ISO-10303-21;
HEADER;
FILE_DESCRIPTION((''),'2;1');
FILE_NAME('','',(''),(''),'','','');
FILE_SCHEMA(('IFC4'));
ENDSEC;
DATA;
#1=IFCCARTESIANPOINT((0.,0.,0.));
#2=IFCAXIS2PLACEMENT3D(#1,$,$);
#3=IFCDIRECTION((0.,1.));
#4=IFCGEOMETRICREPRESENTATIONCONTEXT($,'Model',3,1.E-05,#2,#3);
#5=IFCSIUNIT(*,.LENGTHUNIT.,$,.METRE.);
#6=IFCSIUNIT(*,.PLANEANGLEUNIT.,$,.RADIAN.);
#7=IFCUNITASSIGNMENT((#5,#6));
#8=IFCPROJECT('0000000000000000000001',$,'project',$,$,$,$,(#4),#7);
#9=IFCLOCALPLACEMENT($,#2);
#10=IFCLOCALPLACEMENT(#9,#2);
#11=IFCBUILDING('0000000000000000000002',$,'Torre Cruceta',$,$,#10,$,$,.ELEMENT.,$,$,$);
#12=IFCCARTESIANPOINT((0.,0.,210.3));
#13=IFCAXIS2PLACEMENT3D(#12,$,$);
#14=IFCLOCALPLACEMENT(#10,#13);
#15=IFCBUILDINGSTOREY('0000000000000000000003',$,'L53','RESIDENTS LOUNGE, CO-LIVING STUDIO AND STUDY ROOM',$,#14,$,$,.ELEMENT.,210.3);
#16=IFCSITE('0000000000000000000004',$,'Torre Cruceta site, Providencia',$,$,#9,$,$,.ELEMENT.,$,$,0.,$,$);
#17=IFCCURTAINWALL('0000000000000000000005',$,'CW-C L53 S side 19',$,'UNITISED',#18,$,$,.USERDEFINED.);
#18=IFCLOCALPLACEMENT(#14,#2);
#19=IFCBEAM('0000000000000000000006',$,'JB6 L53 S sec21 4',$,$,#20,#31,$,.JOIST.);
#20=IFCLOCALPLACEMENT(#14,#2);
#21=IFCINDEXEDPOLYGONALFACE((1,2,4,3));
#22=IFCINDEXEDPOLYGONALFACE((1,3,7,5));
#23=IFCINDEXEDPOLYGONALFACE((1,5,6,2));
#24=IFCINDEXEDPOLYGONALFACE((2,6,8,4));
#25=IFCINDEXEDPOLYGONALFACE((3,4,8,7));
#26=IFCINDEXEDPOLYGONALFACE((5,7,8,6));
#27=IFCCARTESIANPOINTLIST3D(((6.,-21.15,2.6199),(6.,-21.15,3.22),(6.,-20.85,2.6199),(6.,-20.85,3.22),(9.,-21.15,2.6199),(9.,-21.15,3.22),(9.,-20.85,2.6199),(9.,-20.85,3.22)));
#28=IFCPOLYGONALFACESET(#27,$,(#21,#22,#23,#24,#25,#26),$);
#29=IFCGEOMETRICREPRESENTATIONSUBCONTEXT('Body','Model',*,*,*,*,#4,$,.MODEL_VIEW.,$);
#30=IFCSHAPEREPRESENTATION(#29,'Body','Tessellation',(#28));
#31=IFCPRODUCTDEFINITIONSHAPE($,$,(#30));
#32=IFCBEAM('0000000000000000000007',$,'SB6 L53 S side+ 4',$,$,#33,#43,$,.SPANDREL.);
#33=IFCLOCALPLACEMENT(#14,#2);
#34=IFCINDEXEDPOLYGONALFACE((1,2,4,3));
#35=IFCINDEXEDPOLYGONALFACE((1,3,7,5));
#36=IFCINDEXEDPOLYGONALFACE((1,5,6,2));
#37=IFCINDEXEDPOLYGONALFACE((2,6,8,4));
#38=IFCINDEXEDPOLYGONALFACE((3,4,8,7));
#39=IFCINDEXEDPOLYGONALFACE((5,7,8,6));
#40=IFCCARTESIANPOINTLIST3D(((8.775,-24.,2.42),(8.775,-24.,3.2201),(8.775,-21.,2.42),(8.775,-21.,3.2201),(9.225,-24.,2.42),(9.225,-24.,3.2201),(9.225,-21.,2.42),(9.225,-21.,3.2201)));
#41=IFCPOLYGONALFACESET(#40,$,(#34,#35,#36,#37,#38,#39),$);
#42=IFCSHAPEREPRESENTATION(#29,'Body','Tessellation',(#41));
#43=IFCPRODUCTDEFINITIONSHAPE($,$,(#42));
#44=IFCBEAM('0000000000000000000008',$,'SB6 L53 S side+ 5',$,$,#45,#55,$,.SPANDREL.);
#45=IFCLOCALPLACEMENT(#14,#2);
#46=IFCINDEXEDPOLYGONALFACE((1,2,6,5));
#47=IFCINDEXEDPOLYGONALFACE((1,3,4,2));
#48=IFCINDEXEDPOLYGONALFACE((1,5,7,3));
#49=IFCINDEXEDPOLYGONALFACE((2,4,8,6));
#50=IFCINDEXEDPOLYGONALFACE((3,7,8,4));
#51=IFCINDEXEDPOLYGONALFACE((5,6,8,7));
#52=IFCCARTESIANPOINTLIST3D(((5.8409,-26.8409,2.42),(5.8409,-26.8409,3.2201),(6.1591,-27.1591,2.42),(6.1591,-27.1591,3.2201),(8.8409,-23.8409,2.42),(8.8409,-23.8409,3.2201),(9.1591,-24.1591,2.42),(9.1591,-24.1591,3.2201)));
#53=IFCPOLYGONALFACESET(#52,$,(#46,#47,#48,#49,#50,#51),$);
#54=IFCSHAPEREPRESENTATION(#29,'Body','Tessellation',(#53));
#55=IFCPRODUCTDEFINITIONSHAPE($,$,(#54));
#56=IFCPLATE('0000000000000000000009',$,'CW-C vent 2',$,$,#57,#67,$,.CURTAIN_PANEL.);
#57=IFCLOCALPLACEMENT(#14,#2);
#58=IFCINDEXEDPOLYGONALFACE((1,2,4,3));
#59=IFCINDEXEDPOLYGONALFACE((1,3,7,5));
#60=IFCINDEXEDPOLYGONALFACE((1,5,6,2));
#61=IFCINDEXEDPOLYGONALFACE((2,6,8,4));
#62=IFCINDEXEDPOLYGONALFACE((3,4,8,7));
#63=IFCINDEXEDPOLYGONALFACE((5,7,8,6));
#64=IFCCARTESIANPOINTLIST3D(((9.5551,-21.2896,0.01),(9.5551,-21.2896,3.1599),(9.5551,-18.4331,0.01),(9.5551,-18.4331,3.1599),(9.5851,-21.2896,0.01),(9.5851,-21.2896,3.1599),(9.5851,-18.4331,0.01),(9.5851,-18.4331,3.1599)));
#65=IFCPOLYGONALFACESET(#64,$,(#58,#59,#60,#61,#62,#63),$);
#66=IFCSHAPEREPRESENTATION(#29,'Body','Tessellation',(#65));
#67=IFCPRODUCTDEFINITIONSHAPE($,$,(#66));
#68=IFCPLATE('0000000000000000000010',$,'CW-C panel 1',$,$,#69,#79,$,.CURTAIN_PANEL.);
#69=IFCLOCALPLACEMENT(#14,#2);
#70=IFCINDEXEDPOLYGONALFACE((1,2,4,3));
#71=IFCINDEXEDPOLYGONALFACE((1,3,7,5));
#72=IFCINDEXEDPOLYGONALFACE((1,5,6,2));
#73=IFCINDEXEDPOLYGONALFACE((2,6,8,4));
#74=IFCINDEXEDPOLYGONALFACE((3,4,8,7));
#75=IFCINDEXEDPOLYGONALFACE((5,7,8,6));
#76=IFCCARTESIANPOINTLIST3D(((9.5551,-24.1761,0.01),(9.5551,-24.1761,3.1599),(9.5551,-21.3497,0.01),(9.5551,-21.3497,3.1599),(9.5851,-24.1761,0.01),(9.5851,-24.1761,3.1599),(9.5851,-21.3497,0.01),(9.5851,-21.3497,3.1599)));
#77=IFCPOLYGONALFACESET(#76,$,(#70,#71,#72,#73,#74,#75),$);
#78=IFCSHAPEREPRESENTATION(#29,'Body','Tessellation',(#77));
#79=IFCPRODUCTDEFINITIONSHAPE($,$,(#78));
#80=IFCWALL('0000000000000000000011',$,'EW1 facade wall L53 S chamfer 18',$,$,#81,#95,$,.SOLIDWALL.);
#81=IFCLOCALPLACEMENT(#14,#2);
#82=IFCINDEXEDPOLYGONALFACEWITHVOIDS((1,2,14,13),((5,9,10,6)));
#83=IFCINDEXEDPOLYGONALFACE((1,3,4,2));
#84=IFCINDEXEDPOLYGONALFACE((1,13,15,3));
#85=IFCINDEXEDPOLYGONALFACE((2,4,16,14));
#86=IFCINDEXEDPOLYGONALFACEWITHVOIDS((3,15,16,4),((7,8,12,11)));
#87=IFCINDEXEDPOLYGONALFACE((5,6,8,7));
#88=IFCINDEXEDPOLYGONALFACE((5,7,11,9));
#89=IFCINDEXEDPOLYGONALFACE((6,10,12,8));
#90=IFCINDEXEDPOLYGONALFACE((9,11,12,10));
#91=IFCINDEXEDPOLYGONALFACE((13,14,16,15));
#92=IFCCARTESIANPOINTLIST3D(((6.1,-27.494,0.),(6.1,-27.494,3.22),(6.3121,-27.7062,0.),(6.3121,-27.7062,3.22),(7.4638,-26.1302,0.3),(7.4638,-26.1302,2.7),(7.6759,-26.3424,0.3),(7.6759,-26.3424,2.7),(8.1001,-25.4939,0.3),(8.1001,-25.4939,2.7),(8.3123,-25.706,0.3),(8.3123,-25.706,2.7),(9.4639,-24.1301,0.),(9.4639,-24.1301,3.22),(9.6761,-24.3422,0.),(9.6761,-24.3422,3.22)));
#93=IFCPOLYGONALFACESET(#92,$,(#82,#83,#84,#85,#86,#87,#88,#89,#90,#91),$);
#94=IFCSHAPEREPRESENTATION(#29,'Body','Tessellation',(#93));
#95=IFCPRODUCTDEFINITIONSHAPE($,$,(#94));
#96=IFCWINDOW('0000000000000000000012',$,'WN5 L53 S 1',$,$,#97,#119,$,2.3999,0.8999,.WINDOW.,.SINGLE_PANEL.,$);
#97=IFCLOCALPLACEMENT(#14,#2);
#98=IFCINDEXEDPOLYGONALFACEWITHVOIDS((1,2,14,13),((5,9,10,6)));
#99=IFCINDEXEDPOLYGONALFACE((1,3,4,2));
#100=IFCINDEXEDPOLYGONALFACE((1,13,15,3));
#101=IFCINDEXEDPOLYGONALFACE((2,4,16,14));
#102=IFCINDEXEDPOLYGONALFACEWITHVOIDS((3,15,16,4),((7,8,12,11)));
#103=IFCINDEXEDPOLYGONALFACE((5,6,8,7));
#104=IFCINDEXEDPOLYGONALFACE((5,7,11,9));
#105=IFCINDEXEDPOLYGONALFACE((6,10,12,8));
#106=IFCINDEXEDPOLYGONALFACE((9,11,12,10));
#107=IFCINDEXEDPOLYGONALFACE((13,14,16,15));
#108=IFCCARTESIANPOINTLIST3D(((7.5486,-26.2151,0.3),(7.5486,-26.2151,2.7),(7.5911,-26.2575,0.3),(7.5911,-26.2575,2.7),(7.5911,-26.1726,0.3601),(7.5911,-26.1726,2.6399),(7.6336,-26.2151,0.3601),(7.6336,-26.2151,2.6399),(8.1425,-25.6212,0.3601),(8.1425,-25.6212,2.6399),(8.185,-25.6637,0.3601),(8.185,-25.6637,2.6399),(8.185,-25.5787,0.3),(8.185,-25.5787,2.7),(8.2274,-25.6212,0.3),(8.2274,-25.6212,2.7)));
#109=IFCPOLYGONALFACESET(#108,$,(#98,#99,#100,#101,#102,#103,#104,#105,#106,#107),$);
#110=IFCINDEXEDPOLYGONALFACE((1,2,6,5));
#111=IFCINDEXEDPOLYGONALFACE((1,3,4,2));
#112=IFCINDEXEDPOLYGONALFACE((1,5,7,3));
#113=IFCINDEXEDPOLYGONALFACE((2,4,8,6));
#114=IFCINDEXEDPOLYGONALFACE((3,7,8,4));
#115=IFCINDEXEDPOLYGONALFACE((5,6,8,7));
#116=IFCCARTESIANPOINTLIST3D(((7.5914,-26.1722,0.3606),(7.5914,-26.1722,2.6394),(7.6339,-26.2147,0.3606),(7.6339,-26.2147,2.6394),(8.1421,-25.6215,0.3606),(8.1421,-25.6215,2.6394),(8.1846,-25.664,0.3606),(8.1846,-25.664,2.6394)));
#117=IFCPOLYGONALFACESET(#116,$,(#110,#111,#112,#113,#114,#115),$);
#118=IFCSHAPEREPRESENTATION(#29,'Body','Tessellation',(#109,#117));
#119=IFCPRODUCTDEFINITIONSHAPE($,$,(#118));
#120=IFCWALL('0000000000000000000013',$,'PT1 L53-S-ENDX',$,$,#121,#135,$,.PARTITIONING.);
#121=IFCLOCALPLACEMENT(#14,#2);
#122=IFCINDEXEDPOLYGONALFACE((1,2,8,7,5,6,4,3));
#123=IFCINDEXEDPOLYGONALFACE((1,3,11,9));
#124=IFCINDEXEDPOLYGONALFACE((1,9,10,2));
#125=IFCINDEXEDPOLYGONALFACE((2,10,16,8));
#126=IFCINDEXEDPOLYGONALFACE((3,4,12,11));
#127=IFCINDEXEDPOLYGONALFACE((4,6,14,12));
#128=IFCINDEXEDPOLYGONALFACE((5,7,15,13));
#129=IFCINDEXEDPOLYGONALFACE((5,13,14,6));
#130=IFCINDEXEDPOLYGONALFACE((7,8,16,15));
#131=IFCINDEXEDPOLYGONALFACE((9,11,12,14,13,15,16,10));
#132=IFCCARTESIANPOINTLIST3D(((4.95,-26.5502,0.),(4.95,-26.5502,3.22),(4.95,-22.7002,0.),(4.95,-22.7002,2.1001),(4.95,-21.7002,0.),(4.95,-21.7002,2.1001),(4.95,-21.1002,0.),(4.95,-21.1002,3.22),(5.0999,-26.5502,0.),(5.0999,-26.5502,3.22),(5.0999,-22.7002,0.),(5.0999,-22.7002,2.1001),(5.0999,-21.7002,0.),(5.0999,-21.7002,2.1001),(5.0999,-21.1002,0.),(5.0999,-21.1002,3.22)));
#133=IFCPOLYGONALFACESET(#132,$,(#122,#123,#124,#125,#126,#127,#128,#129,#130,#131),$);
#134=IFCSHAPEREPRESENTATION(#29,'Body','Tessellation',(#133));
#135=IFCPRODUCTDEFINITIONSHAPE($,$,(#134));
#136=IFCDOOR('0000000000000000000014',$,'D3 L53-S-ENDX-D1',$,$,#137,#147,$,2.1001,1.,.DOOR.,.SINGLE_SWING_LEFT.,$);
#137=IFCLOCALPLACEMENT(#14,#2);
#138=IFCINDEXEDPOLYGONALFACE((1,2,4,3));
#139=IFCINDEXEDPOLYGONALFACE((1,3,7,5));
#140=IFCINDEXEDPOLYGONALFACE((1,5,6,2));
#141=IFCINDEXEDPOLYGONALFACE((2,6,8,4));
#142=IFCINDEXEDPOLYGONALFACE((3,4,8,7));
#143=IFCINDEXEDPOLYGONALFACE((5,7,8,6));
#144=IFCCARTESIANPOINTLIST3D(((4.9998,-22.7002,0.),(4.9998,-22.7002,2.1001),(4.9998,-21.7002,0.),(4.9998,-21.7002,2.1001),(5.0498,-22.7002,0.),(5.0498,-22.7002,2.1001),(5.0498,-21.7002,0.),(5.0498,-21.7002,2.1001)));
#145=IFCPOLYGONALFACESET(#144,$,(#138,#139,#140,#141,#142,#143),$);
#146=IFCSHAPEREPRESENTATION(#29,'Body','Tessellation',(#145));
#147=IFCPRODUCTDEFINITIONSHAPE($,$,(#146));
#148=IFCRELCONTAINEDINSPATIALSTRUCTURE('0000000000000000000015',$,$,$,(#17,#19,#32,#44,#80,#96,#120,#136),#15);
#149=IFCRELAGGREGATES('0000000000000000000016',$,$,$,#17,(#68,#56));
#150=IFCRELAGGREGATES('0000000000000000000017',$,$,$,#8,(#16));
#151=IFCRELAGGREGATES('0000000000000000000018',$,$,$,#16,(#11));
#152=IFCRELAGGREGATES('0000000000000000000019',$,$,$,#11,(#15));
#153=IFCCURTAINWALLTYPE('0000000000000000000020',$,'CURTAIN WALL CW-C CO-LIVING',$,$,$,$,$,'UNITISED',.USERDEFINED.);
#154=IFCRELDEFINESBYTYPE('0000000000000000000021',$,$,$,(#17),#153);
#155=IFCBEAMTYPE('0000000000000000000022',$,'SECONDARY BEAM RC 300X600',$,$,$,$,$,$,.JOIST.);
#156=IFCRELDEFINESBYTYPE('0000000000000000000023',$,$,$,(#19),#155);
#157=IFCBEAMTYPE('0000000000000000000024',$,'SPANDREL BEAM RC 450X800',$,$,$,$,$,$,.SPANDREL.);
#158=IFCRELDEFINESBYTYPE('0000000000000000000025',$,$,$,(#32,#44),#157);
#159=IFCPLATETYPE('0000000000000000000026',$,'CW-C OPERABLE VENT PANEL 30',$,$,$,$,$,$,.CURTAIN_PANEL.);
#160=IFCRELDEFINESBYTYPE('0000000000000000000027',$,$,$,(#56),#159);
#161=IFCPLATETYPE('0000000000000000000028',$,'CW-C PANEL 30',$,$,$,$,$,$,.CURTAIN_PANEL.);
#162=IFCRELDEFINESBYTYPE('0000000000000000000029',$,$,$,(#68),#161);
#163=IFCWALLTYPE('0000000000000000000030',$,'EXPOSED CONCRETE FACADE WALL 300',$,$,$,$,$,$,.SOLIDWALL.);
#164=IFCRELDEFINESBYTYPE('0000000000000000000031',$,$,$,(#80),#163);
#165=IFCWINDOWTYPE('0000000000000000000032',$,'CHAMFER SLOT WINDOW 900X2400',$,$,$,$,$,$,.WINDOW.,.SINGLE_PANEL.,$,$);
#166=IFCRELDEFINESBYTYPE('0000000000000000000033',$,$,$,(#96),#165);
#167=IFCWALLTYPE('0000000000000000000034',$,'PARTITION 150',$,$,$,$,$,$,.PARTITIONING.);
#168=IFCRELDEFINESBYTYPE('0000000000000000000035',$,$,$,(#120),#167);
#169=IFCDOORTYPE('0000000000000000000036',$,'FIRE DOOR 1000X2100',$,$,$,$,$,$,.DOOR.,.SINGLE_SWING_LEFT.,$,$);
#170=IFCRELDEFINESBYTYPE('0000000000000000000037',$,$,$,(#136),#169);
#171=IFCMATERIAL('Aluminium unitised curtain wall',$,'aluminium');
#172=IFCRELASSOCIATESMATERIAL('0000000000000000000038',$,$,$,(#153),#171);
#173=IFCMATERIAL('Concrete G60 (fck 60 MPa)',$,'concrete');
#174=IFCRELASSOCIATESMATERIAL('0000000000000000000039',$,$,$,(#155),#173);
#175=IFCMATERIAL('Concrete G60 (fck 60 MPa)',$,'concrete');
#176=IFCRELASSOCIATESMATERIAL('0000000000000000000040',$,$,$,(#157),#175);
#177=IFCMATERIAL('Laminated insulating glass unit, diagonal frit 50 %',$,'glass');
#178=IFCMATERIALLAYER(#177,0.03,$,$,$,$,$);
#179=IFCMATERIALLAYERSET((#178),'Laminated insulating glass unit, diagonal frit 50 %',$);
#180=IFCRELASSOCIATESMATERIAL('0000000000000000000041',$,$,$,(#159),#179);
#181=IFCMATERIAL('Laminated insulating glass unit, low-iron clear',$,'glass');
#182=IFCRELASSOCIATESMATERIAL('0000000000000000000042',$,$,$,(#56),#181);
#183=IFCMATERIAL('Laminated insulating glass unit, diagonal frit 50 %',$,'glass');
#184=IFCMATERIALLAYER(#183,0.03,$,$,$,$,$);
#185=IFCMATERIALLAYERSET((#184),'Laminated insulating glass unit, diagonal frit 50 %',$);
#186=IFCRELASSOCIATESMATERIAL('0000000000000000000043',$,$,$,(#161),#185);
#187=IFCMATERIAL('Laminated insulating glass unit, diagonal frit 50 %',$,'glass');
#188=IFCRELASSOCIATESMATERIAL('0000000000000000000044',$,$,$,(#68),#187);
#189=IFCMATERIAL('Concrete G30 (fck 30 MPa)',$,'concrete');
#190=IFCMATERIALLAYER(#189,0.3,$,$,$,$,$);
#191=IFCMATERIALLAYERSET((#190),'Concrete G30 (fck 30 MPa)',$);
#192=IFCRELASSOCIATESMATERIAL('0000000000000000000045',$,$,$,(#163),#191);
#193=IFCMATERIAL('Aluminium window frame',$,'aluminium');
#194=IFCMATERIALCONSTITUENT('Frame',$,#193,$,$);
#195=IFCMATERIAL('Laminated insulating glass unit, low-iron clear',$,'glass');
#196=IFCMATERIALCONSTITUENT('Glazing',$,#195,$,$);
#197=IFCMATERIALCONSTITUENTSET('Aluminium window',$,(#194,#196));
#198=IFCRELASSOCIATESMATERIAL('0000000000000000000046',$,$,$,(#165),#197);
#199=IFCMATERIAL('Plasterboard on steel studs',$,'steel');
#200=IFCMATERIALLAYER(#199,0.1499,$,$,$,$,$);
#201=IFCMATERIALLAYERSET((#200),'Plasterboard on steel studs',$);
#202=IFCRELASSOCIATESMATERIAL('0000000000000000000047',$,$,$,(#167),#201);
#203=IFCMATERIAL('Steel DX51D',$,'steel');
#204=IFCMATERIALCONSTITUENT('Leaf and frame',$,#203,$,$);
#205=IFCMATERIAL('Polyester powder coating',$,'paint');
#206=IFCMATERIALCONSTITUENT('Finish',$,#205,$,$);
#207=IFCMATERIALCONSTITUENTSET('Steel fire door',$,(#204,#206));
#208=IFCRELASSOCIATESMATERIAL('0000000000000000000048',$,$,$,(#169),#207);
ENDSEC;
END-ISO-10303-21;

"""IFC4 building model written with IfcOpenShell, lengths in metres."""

from ifc_helpers import new_model, si_unit, direction, frame, frame_2d, origin, origin_2d, place, context, subcontext, project, spatial, rectangle, hollow_rectangle, extrude, material, layer, layer_set, constituent, constituent_set, material_profile, profile_set, type_object, element, fill, aggregate, save


model = new_model("IFC4")

# Units and contexts
model_context = context("Model", 3, precision=1e-05, world=origin(), true_north=direction((0.0, 1.0)))
body_context = subcontext(model_context, "Body", "Model", "MODEL_VIEW")
ifc_project = project(units=[si_unit("LENGTHUNIT", "METRE"), si_unit("PLANEANGLEUNIT", "RADIAN")], contexts=[model_context])

# Site, building, storey
site_placement = place(None, origin())
site = spatial("IfcSite", under=ifc_project, at=site_placement, Name="Torre Cruceta site, Providencia", CompositionType="ELEMENT", RefElevation=0.0)
building_placement = place(site_placement, origin())
building = spatial("IfcBuilding", under=site, at=building_placement, Name="Torre Cruceta", CompositionType="ELEMENT")
storey_placement = place(building_placement, frame((0.0, 0.0, 210.3)))
storey = spatial("IfcBuildingStorey", under=building, at=storey_placement, Name="L53", Description="RESIDENTS LOUNGE, CO-LIVING STUDIO AND STUDY ROOM", CompositionType="ELEMENT", Elevation=210.3)

# Curtain wall
ifc_material_1 = material(Name="Aluminium unitised curtain wall", Category="aluminium")
curtain_wall_type = type_object("IfcCurtainWallType", Name="CURTAIN WALL CW-C CO-LIVING", ElementType="UNITISED", PredefinedType="USERDEFINED", material=ifc_material_1)
curtain_wall_placement = place(storey_placement, origin())
curtain_wall = element("IfcCurtainWall", 1, at=curtain_wall_placement, inside=storey, type_object=curtain_wall_type, Name="CW-C L53 S side 19", ObjectType="UNITISED", PredefinedType="USERDEFINED")

# Beams
ifc_material_2 = material(Name="Concrete G60 (fck 60 MPa)", Category="concrete")
ifc_material_profile_1 = material_profile(ifc_material_2, rectangle(XDim=0.3, YDim=0.6001, at=origin_2d()), Name="RC 300X600")
ifc_profile_set_1 = profile_set([ifc_material_profile_1], Name="Concrete G60 (fck 60 MPa)")
beam_type_1 = type_object("IfcBeamType", Name="SECONDARY BEAM RC 300X600", PredefinedType="JOIST", material=ifc_profile_set_1)
beam_1_placement = place(storey_placement, frame((6.0, -21.0, 2.9199), z_axis=(1.0, 0.0, 0.0), x_axis=(0.0, 1.0, 0.0)))
element("IfcBeam", 2, at=beam_1_placement, inside=storey, type_object=beam_type_1, Name="JB6 L53 S sec21 4", PredefinedType="JOIST", context=body_context, shape_type="SweptSolid", body=[
    extrude(rectangle(XDim=0.3, YDim=0.6001, at=origin_2d()), origin(), (0.0, 0.0, 1.0), 3.0),
])
ifc_material_3 = material(Name="Concrete G60 (fck 60 MPa)", Category="concrete")
ifc_material_profile_2 = material_profile(ifc_material_3, rectangle(XDim=0.45, YDim=0.8, at=origin_2d()), Name="RC 450X800")
ifc_profile_set_2 = profile_set([ifc_material_profile_2], Name="Concrete G60 (fck 60 MPa)")
beam_type_2 = type_object("IfcBeamType", Name="SPANDREL BEAM RC 450X800", PredefinedType="SPANDREL", material=ifc_profile_set_2)
beam_2_placement = place(storey_placement, frame((9.0, -21.0, 2.8201), z_axis=(0.0, -1.0, 0.0), x_axis=(1.0, 0.0, 0.0)))
element("IfcBeam", 3, at=beam_2_placement, inside=storey, type_object=beam_type_2, Name="SB6 L53 S side+ 4", PredefinedType="SPANDREL", context=body_context, shape_type="SweptSolid", body=[
    extrude(rectangle(XDim=0.45, YDim=0.8, at=origin_2d()), origin(), (0.0, 0.0, 1.0), 3.0),
])
beam_3_placement = place(storey_placement, frame((9.0, -24.0, 2.8201), z_axis=(-0.707107, -0.707107, 0.0), x_axis=(0.707107, -0.707107, 0.0)))
element("IfcBeam", 4, at=beam_3_placement, inside=storey, type_object=beam_type_2, Name="SB6 L53 S side+ 5", PredefinedType="SPANDREL", context=body_context, shape_type="SweptSolid", body=[
    extrude(rectangle(XDim=0.45, YDim=0.8, at=origin_2d()), origin(), (0.0, 0.0, 1.0), 4.2427),
])

# Plates
ifc_material_4 = material(Name="Laminated insulating glass unit, low-iron clear", Category="glass")
ifc_material_5 = material(Name="Laminated insulating glass unit, diagonal frit 50 %", Category="glass")
ifc_layer_1 = layer(ifc_material_5, 0.03)
ifc_layer_set_1 = layer_set([ifc_layer_1], Name="Laminated insulating glass unit, diagonal frit 50 %")
plate_type_1 = type_object("IfcPlateType", Name="CW-C OPERABLE VENT PANEL 30", PredefinedType="CURTAIN_PANEL", material=ifc_layer_set_1)
plate_1_placement = place(storey_placement, frame((9.5701, -19.8613, 0.01), z_axis=(0.0, 0.0, 1.0), x_axis=(0.0, 1.0, 0.0)))
plate_1 = element("IfcPlate", 5, at=plate_1_placement, type_object=plate_type_1, material=ifc_material_4, Name="CW-C vent 2", PredefinedType="CURTAIN_PANEL", context=body_context, shape_type="SweptSolid", body=[
    extrude(rectangle(XDim=2.8564, YDim=0.03, at=origin_2d()), origin(), (0.0, 0.0, 1.0), 3.1499),
])
ifc_material_6 = material(Name="Laminated insulating glass unit, diagonal frit 50 %", Category="glass")
ifc_material_7 = material(Name="Laminated insulating glass unit, diagonal frit 50 %", Category="glass")
ifc_layer_2 = layer(ifc_material_7, 0.03)
ifc_layer_set_2 = layer_set([ifc_layer_2], Name="Laminated insulating glass unit, diagonal frit 50 %")
plate_type_2 = type_object("IfcPlateType", Name="CW-C PANEL 30", PredefinedType="CURTAIN_PANEL", material=ifc_layer_set_2)
plate_2_placement = place(storey_placement, frame((9.5701, -22.7629, 0.01), z_axis=(0.0, 0.0, 1.0), x_axis=(0.0, 1.0, 0.0)))
plate_2 = element("IfcPlate", 6, at=plate_2_placement, type_object=plate_type_2, material=ifc_material_6, Name="CW-C panel 1", PredefinedType="CURTAIN_PANEL", context=body_context, shape_type="SweptSolid", body=[
    extrude(rectangle(XDim=2.8264, YDim=0.03, at=origin_2d()), origin(), (0.0, 0.0, 1.0), 3.1499),
])
aggregate(curtain_wall, [plate_2, plate_1])

# Wall, opening, window
ifc_material_8 = material(Name="Concrete G30 (fck 30 MPa)", Category="concrete")
ifc_layer_3 = layer(ifc_material_8, 0.3)
ifc_layer_set_3 = layer_set([ifc_layer_3], Name="Concrete G30 (fck 30 MPa)")
wall_type_1 = type_object("IfcWallType", Name="EXPOSED CONCRETE FACADE WALL 300", PredefinedType="SOLIDWALL", material=ifc_layer_set_3)
wall_1_placement = place(storey_placement, frame((6.2061, -27.6001, 0.0), z_axis=(0.0, 0.0, 1.0), x_axis=(0.707107, 0.707107, 0.0)))
wall_1 = element("IfcWall", 7, at=wall_1_placement, inside=storey, type_object=wall_type_1, Name="EW1 facade wall L53 S chamfer 18", PredefinedType="SOLIDWALL", context=body_context, shape_type="SweptSolid", body=[
    extrude(rectangle(XDim=4.7573, YDim=0.3, at=frame_2d((2.3787, 0.0))), origin(), (0.0, 0.0, 1.0), 3.22),
])
opening_1_placement = place(wall_1_placement, frame((1.9287, 0.0, 0.3)))
opening_1 = element("IfcOpeningElement", 8, at=opening_1_placement, cuts=wall_1, PredefinedType="OPENING", context=body_context, shape_type="SweptSolid", body=[
    extrude(rectangle(XDim=0.8999, YDim=2.3999, at=frame_2d((0.45, 1.2))), frame((0.0, 0.1599, 0.0), z_axis=(0.0, -1.0, 0.0), x_axis=(1.0, 0.0, 0.0)), (0.0, 0.0, 1.0), 0.3201),
])
ifc_material_9 = material(Name="Aluminium window frame", Category="aluminium")
ifc_constituent_1 = constituent(ifc_material_9, Name="Frame")
ifc_material_10 = material(Name="Laminated insulating glass unit, low-iron clear", Category="glass")
ifc_constituent_2 = constituent(ifc_material_10, Name="Glazing")
ifc_constituent_set_1 = constituent_set(constituents=[ifc_constituent_1, ifc_constituent_2], Name="Aluminium window")
window_type = type_object("IfcWindowType", Name="CHAMFER SLOT WINDOW 900X2400", PartitioningType="SINGLE_PANEL", PredefinedType="WINDOW", material=ifc_constituent_set_1)
window_placement = place(opening_1_placement, origin())
window = element("IfcWindow", 9, at=window_placement, inside=storey, type_object=window_type, Name="WN5 L53 S 1", OverallHeight=2.3999, OverallWidth=0.8999, PartitioningType="SINGLE_PANEL", PredefinedType="WINDOW", context=body_context, shape_type="SweptSolid", body=[
    extrude(hollow_rectangle(XDim=0.8999, YDim=2.3999, WallThickness=0.0601, at=frame_2d((0.45, 1.2))), frame((0.0, 0.03, 0.0), z_axis=(0.0, -1.0, 0.0), x_axis=(1.0, 0.0, 0.0)), (0.0, 0.0, 1.0), 0.0601),
    extrude(rectangle(XDim=0.7788, YDim=2.2788, at=frame_2d((0.45, 1.2))), frame((0.0, 0.03, 0.0), z_axis=(0.0, -1.0, 0.0), x_axis=(1.0, 0.0, 0.0)), (0.0, 0.0, 1.0), 0.0601),
])
fill(opening_1, window)

# Wall, opening, door
ifc_material_11 = material(Name="Plasterboard on steel studs", Category="steel")
ifc_layer_4 = layer(ifc_material_11, 0.1499)
ifc_layer_set_4 = layer_set([ifc_layer_4], Name="Plasterboard on steel studs")
wall_type_2 = type_object("IfcWallType", Name="PARTITION 150", PredefinedType="PARTITIONING", material=ifc_layer_set_4)
wall_2_placement = place(storey_placement, frame((5.0249, -21.1001, 0.0), z_axis=(0.0, 0.0, 1.0), x_axis=(0.0, -1.0, 0.0)))
wall_2 = element("IfcWall", 10, at=wall_2_placement, inside=storey, type_object=wall_type_2, Name="PT1 L53-S-ENDX", PredefinedType="PARTITIONING", context=body_context, shape_type="SweptSolid", body=[
    extrude(rectangle(XDim=5.45, YDim=0.1499, at=frame_2d((2.7251, 0.0))), origin(), (0.0, 0.0, 1.0), 3.22),
])
opening_2_placement = place(wall_2_placement, frame((0.6001, 0.0, 0.0)))
opening_2 = element("IfcOpeningElement", 11, at=opening_2_placement, cuts=wall_2, PredefinedType="OPENING", context=body_context, shape_type="SweptSolid", body=[
    extrude(rectangle(XDim=1.0, YDim=2.1001, at=frame_2d((0.5, 1.05))), frame((0.0, 0.085, 0.0), z_axis=(0.0, -1.0, 0.0), x_axis=(1.0, 0.0, 0.0)), (0.0, 0.0, 1.0), 0.1699),
])
ifc_material_12 = material(Name="Steel DX51D", Category="steel")
ifc_constituent_3 = constituent(ifc_material_12, Name="Leaf and frame")
ifc_material_13 = material(Name="Polyester powder coating", Category="paint")
ifc_constituent_4 = constituent(ifc_material_13, Name="Finish")
ifc_constituent_set_2 = constituent_set(constituents=[ifc_constituent_3, ifc_constituent_4], Name="Steel fire door")
door_type_1 = type_object("IfcDoorType", Name="FIRE DOOR 1000X2100", OperationType="SINGLE_SWING_LEFT", PredefinedType="DOOR", material=ifc_constituent_set_2)
door_1_placement = place(opening_2_placement, origin())
door_1 = element("IfcDoor", 12, at=door_1_placement, inside=storey, type_object=door_type_1, Name="D3 L53-S-ENDX-D1", OperationType="SINGLE_SWING_LEFT", OverallHeight=2.1001, OverallWidth=1.0, PredefinedType="DOOR", context=body_context, shape_type="SweptSolid", body=[
    extrude(rectangle(XDim=1.0, YDim=2.1001, at=frame_2d((0.5, 1.05))), frame((0.0, 0.0249, 0.0), z_axis=(0.0, -1.0, 0.0), x_axis=(1.0, 0.0, 0.0)), (0.0, 0.0, 1.0), 0.05),
])
fill(opening_2, door_1)

save(model, "model.ifc")
